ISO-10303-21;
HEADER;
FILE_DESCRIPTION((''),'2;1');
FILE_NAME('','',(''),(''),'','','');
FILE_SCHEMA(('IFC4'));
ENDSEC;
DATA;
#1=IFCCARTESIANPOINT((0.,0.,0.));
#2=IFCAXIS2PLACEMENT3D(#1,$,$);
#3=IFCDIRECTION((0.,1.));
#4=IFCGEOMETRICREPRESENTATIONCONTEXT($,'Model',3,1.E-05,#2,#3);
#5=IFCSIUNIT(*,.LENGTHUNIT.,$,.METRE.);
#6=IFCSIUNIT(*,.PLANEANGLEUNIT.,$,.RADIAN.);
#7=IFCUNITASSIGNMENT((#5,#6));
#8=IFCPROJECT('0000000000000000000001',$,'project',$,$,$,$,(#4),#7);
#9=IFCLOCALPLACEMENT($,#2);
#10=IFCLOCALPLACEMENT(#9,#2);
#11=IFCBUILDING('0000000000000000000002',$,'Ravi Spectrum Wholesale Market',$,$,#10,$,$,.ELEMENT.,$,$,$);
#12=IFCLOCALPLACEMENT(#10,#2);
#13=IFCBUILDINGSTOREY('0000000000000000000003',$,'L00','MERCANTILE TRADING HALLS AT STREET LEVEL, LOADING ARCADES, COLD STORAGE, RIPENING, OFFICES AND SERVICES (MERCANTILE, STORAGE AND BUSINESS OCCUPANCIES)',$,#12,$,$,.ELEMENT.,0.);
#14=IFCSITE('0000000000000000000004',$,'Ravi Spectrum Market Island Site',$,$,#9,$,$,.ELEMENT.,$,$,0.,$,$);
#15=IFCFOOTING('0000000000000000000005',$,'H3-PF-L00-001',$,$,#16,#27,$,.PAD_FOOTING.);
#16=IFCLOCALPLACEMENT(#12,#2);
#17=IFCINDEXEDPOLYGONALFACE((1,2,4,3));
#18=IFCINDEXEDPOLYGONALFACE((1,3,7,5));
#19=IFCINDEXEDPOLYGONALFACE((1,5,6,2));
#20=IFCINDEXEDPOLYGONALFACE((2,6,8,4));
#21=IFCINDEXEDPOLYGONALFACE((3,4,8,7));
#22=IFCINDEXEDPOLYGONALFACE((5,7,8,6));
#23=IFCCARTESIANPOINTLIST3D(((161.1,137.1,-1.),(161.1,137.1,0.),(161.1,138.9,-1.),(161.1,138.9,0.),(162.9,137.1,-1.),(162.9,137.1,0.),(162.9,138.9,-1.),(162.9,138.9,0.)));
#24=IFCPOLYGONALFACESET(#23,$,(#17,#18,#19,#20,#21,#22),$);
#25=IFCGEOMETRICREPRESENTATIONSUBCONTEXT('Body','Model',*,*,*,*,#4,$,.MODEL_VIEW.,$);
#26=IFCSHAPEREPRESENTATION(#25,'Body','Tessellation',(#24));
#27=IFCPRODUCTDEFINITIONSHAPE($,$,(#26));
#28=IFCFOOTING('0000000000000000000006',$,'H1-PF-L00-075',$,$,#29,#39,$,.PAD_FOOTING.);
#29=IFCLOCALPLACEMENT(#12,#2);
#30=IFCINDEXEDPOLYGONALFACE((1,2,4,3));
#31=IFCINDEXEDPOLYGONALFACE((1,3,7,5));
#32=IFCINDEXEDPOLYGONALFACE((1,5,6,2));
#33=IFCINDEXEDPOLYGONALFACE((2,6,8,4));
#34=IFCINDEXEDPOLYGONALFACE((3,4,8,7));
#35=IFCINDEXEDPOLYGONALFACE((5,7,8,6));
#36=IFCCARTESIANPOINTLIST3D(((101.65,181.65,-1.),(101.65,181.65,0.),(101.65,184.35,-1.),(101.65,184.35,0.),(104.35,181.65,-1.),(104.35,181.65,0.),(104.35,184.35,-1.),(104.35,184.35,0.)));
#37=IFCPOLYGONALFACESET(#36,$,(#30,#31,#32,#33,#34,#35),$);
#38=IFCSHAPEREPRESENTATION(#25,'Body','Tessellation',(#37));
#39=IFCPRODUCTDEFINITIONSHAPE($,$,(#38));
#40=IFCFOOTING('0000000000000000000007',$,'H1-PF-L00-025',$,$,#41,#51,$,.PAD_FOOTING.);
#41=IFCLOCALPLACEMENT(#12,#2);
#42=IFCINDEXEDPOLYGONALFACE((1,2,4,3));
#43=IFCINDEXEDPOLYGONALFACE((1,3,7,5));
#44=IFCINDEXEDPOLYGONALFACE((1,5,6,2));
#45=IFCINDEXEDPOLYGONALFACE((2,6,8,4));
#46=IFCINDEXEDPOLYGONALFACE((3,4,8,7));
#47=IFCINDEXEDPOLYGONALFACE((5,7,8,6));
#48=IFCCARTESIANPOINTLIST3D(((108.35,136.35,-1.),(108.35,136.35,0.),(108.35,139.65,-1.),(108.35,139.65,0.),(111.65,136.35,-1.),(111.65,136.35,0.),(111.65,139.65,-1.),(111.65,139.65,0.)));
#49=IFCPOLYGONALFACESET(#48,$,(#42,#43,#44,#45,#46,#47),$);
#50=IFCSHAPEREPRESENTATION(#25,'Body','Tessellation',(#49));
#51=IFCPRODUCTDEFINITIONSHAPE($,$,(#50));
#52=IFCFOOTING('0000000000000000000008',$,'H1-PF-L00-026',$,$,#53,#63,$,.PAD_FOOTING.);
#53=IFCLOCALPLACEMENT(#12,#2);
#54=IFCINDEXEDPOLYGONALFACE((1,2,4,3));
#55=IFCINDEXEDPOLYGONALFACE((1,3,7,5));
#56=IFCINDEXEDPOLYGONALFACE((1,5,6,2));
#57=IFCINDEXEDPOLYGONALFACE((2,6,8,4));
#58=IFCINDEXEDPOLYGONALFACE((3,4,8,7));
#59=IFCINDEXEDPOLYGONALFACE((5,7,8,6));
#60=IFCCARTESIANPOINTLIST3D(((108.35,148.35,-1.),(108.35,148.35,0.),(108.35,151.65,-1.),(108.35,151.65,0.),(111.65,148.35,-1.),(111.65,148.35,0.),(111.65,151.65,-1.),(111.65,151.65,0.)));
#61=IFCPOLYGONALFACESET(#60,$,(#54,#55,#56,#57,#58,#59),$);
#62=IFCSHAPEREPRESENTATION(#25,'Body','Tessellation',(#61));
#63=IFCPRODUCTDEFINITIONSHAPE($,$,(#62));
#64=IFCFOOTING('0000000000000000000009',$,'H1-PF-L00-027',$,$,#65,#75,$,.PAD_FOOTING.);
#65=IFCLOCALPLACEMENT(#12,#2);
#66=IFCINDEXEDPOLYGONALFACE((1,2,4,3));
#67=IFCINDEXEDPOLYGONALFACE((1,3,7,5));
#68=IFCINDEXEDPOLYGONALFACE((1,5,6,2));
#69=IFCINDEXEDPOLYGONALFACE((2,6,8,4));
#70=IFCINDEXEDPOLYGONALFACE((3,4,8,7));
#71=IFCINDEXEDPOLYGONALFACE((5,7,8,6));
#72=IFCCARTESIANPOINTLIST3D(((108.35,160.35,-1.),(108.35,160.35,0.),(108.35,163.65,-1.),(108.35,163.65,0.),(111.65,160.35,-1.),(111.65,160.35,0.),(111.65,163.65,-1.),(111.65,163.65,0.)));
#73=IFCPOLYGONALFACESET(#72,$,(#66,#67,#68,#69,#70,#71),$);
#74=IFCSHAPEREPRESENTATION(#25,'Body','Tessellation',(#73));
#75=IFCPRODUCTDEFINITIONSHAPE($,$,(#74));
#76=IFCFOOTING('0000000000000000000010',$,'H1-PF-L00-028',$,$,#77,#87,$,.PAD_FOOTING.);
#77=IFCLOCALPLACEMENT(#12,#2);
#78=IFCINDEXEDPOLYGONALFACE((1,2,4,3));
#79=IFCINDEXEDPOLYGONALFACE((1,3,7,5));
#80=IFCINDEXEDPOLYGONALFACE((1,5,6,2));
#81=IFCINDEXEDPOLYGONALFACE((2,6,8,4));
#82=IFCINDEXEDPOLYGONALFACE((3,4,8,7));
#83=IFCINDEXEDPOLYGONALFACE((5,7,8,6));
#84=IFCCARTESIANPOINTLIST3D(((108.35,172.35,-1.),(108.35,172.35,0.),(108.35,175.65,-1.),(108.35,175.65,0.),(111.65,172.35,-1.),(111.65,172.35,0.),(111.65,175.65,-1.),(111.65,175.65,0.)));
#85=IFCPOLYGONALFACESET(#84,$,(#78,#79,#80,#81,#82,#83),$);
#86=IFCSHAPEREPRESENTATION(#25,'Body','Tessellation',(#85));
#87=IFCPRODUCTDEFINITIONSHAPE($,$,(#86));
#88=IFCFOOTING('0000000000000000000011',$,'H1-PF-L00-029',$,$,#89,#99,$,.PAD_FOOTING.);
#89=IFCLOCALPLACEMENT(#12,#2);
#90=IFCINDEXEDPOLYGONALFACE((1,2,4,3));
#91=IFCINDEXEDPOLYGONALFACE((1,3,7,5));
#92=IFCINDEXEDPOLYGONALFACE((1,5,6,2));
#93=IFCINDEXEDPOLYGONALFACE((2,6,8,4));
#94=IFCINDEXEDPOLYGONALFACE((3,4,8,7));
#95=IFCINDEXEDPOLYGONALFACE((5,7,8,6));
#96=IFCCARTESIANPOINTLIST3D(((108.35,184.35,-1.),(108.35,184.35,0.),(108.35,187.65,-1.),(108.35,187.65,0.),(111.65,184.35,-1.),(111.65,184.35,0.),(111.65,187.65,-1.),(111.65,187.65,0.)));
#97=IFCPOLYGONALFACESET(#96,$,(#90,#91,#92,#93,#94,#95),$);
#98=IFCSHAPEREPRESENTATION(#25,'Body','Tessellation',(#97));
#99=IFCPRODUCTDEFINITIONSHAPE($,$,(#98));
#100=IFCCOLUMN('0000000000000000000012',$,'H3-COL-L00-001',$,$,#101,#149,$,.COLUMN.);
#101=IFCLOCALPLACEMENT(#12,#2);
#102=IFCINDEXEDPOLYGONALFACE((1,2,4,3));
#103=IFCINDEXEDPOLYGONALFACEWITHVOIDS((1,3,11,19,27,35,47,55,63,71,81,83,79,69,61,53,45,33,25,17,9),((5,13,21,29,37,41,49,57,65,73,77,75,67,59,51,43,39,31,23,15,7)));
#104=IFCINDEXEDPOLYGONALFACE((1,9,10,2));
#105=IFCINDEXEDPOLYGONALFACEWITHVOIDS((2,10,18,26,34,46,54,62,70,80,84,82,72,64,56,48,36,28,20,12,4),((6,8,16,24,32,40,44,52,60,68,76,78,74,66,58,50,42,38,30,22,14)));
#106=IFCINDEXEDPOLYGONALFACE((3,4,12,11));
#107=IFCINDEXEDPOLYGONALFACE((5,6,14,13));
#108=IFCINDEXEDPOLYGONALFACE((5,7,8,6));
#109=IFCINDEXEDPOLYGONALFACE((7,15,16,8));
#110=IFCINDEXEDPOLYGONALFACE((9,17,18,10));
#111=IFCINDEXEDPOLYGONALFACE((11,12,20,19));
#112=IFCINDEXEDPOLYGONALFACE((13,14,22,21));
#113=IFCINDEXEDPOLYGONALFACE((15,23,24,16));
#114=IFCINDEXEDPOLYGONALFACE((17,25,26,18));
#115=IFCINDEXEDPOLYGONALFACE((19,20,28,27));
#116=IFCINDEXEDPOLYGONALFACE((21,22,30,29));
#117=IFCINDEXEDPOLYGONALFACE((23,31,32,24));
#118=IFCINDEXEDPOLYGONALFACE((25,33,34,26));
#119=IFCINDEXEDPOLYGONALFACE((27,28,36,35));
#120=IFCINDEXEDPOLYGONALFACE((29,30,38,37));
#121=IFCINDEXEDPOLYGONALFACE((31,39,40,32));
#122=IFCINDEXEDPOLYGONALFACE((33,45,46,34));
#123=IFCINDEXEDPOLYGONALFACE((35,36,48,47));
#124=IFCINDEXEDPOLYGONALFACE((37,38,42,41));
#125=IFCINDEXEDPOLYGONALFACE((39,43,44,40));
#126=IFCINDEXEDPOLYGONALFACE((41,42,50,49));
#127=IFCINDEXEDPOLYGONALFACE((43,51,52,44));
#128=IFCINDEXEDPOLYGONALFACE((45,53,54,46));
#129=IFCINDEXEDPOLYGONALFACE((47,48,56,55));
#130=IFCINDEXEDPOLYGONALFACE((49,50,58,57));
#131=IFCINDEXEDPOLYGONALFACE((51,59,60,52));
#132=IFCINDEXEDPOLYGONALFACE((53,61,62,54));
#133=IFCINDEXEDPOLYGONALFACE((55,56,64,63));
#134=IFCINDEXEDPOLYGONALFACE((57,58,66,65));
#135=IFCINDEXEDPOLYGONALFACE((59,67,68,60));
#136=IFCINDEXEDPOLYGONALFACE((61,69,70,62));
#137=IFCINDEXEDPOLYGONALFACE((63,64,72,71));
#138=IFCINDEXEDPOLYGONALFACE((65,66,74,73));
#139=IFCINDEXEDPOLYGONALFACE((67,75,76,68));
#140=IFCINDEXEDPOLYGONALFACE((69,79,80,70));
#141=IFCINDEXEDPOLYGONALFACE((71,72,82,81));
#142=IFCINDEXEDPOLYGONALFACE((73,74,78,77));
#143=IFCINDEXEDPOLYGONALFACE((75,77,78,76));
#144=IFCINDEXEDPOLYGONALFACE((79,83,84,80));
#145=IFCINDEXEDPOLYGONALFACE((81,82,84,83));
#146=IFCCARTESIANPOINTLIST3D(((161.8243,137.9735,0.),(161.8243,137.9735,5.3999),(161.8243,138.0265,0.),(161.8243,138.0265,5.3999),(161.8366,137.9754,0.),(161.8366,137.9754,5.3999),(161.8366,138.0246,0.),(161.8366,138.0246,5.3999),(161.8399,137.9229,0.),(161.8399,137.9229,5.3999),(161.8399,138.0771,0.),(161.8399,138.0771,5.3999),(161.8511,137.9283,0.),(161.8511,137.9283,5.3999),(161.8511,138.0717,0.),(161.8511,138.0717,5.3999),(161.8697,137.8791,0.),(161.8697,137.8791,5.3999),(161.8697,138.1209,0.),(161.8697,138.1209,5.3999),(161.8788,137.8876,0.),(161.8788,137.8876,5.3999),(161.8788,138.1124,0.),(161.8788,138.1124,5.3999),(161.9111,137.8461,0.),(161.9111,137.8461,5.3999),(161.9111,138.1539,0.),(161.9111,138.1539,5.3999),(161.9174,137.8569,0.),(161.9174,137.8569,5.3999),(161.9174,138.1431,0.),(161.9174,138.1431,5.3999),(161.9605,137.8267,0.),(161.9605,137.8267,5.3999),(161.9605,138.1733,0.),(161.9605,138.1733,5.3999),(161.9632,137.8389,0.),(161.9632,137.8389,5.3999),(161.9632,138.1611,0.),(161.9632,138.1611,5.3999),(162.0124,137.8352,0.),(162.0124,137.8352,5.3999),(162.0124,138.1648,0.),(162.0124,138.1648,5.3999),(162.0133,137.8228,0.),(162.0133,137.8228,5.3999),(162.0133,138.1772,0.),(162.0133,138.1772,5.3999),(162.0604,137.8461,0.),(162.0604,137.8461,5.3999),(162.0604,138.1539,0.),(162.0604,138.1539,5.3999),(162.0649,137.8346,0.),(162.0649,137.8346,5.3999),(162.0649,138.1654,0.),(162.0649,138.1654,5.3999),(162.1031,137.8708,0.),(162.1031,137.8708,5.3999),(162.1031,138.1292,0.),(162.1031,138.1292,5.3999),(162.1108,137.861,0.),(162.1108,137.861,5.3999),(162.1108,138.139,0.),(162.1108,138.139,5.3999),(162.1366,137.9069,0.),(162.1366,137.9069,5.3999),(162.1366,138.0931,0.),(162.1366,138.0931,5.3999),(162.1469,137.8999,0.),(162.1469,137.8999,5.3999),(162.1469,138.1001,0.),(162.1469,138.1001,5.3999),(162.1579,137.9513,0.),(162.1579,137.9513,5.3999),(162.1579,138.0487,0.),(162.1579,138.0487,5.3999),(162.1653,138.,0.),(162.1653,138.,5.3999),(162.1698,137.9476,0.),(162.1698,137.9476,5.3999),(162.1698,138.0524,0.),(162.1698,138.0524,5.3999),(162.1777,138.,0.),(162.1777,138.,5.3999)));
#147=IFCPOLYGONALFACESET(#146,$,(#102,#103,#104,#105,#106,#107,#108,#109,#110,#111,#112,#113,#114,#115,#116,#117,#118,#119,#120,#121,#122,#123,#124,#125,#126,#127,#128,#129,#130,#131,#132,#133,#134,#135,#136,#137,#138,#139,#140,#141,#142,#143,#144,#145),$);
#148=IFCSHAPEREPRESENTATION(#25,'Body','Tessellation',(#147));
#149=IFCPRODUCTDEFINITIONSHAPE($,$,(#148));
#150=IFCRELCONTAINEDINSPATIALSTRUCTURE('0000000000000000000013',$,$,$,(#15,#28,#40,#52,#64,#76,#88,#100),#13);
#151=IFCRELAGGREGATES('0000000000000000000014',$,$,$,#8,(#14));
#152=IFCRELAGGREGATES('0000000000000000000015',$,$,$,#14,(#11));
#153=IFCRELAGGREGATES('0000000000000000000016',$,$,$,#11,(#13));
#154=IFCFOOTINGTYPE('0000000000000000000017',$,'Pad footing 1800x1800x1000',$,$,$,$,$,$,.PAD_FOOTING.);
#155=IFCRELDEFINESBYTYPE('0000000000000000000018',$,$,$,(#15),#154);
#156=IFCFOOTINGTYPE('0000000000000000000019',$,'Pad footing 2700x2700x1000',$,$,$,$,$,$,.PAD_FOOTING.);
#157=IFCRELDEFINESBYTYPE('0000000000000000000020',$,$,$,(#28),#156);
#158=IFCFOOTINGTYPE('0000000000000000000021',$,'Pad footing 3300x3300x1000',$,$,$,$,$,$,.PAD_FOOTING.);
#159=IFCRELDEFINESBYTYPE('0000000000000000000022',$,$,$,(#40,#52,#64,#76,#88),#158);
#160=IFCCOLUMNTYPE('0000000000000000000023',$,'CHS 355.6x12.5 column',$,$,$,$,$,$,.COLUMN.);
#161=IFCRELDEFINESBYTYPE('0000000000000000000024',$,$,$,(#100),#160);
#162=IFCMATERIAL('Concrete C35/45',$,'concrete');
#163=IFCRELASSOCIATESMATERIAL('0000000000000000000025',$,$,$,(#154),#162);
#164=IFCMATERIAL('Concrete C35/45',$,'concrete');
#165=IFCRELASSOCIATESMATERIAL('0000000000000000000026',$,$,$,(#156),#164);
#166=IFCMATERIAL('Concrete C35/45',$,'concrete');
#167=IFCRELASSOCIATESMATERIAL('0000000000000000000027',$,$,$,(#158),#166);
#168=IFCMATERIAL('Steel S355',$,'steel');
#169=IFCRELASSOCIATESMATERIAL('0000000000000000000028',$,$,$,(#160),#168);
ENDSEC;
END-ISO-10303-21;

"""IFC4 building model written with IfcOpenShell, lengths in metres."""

from ifc_helpers import new_model, si_unit, direction, frame, origin, origin_2d, place, context, subcontext, project, spatial, rectangle, hollow_circle, extrude, material, material_profile, profile_set, type_object, element, save


model = new_model("IFC4")

# Units and contexts
model_context = context("Model", 3, precision=1e-05, world=origin(), true_north=direction((0.0, 1.0)))
body_context = subcontext(model_context, "Body", "Model", "MODEL_VIEW")
ifc_project = project(units=[si_unit("LENGTHUNIT", "METRE"), si_unit("PLANEANGLEUNIT", "RADIAN")], contexts=[model_context])

# Site, building, storey
site_placement = place(None, origin())
site = spatial("IfcSite", under=ifc_project, at=site_placement, Name="Ravi Spectrum Market Island Site", CompositionType="ELEMENT", RefElevation=0.0)
building_placement = place(site_placement, origin())
building = spatial("IfcBuilding", under=site, at=building_placement, Name="Ravi Spectrum Wholesale Market", CompositionType="ELEMENT")
storey_placement = place(building_placement, origin())
storey = spatial("IfcBuildingStorey", under=building, at=storey_placement, Name="L00", Description="MERCANTILE TRADING HALLS AT STREET LEVEL, LOADING ARCADES, COLD STORAGE, RIPENING, OFFICES AND SERVICES (MERCANTILE, STORAGE AND BUSINESS OCCUPANCIES)", CompositionType="ELEMENT", Elevation=0.0)

# Footings
ifc_material_1 = material(Name="Concrete C35/45", Category="concrete")
footing_type_1 = type_object("IfcFootingType", Name="Pad footing 1800x1800x1000", PredefinedType="PAD_FOOTING", material=ifc_material_1)
footing_1_placement = place(storey_placement, frame((162.0, 138.0, -1.0), z_axis=(0.0, 0.0, 1.0), x_axis=(1.0, 0.0, 0.0)))
element("IfcFooting", 1, at=footing_1_placement, inside=storey, type_object=footing_type_1, Name="H3-PF-L00-001", PredefinedType="PAD_FOOTING", context=body_context, shape_type="SweptSolid", body=[
    extrude(rectangle(XDim=1.8, YDim=1.8, at=origin_2d()), origin(), (0.0, 0.0, 1.0), 1.0),
])
ifc_material_2 = material(Name="Concrete C35/45", Category="concrete")
footing_type_2 = type_object("IfcFootingType", Name="Pad footing 2700x2700x1000", PredefinedType="PAD_FOOTING", material=ifc_material_2)
footing_2_placement = place(storey_placement, frame((103.0, 183.0, -1.0), z_axis=(0.0, 0.0, 1.0), x_axis=(1.0, 0.0, 0.0)))
element("IfcFooting", 2, at=footing_2_placement, inside=storey, type_object=footing_type_2, Name="H1-PF-L00-075", PredefinedType="PAD_FOOTING", context=body_context, shape_type="SweptSolid", body=[
    extrude(rectangle(XDim=2.7, YDim=2.7, at=origin_2d()), origin(), (0.0, 0.0, 1.0), 1.0),
])
ifc_material_3 = material(Name="Concrete C35/45", Category="concrete")
footing_type_3 = type_object("IfcFootingType", Name="Pad footing 3300x3300x1000", PredefinedType="PAD_FOOTING", material=ifc_material_3)
for number, where, z_axis, x_axis, name in (
    (3, (110.0, 138.0, -1.0), (0.0, 0.0, 1.0), (1.0, 0.0, 0.0), "H1-PF-L00-025"),
    (4, (110.0, 150.0, -1.0), (0.0, 0.0, 1.0), (1.0, 0.0, 0.0), "H1-PF-L00-026"),
    (5, (110.0, 162.0, -1.0), (0.0, 0.0, 1.0), (1.0, 0.0, 0.0), "H1-PF-L00-027"),
    (6, (110.0, 174.0, -1.0), (0.0, 0.0, 1.0), (1.0, 0.0, 0.0), "H1-PF-L00-028"),
    (7, (110.0, 186.0, -1.0), (0.0, 0.0, 1.0), (1.0, 0.0, 0.0), "H1-PF-L00-029"),
):
    element("IfcFooting", number, at=place(storey_placement, frame(where, z_axis=z_axis, x_axis=x_axis)), inside=storey, type_object=footing_type_3, Name=name, PredefinedType="PAD_FOOTING", context=body_context, shape_type="SweptSolid", body=[
        extrude(rectangle(XDim=3.3, YDim=3.3, at=origin_2d()), origin(), (0.0, 0.0, 1.0), 1.0),
    ])

# Column
ifc_material_4 = material(Name="Steel S355", Category="steel")
ifc_material_profile_1 = material_profile(ifc_material_4, hollow_circle(Radius=0.1777, WallThickness=0.0125, at=origin_2d()))
ifc_profile_set_1 = profile_set([ifc_material_profile_1], Name="Steel S355")
column_type_1 = type_object("IfcColumnType", Name="CHS 355.6x12.5 column", PredefinedType="COLUMN", material=ifc_profile_set_1)
column_1_placement = place(storey_placement, frame((162.0, 138.0, 0.0), z_axis=(0.0, 0.0, 1.0), x_axis=(1.0, 0.0, 0.0)))
element("IfcColumn", 8, at=column_1_placement, inside=storey, type_object=column_type_1, Name="H3-COL-L00-001", PredefinedType="COLUMN", context=body_context, shape_type="SweptSolid", body=[
    extrude(hollow_circle(Radius=0.1777, WallThickness=0.0125, at=origin_2d()), origin(), (0.0, 0.0, 1.0), 5.3999),
])

save(model, "model.ifc")
